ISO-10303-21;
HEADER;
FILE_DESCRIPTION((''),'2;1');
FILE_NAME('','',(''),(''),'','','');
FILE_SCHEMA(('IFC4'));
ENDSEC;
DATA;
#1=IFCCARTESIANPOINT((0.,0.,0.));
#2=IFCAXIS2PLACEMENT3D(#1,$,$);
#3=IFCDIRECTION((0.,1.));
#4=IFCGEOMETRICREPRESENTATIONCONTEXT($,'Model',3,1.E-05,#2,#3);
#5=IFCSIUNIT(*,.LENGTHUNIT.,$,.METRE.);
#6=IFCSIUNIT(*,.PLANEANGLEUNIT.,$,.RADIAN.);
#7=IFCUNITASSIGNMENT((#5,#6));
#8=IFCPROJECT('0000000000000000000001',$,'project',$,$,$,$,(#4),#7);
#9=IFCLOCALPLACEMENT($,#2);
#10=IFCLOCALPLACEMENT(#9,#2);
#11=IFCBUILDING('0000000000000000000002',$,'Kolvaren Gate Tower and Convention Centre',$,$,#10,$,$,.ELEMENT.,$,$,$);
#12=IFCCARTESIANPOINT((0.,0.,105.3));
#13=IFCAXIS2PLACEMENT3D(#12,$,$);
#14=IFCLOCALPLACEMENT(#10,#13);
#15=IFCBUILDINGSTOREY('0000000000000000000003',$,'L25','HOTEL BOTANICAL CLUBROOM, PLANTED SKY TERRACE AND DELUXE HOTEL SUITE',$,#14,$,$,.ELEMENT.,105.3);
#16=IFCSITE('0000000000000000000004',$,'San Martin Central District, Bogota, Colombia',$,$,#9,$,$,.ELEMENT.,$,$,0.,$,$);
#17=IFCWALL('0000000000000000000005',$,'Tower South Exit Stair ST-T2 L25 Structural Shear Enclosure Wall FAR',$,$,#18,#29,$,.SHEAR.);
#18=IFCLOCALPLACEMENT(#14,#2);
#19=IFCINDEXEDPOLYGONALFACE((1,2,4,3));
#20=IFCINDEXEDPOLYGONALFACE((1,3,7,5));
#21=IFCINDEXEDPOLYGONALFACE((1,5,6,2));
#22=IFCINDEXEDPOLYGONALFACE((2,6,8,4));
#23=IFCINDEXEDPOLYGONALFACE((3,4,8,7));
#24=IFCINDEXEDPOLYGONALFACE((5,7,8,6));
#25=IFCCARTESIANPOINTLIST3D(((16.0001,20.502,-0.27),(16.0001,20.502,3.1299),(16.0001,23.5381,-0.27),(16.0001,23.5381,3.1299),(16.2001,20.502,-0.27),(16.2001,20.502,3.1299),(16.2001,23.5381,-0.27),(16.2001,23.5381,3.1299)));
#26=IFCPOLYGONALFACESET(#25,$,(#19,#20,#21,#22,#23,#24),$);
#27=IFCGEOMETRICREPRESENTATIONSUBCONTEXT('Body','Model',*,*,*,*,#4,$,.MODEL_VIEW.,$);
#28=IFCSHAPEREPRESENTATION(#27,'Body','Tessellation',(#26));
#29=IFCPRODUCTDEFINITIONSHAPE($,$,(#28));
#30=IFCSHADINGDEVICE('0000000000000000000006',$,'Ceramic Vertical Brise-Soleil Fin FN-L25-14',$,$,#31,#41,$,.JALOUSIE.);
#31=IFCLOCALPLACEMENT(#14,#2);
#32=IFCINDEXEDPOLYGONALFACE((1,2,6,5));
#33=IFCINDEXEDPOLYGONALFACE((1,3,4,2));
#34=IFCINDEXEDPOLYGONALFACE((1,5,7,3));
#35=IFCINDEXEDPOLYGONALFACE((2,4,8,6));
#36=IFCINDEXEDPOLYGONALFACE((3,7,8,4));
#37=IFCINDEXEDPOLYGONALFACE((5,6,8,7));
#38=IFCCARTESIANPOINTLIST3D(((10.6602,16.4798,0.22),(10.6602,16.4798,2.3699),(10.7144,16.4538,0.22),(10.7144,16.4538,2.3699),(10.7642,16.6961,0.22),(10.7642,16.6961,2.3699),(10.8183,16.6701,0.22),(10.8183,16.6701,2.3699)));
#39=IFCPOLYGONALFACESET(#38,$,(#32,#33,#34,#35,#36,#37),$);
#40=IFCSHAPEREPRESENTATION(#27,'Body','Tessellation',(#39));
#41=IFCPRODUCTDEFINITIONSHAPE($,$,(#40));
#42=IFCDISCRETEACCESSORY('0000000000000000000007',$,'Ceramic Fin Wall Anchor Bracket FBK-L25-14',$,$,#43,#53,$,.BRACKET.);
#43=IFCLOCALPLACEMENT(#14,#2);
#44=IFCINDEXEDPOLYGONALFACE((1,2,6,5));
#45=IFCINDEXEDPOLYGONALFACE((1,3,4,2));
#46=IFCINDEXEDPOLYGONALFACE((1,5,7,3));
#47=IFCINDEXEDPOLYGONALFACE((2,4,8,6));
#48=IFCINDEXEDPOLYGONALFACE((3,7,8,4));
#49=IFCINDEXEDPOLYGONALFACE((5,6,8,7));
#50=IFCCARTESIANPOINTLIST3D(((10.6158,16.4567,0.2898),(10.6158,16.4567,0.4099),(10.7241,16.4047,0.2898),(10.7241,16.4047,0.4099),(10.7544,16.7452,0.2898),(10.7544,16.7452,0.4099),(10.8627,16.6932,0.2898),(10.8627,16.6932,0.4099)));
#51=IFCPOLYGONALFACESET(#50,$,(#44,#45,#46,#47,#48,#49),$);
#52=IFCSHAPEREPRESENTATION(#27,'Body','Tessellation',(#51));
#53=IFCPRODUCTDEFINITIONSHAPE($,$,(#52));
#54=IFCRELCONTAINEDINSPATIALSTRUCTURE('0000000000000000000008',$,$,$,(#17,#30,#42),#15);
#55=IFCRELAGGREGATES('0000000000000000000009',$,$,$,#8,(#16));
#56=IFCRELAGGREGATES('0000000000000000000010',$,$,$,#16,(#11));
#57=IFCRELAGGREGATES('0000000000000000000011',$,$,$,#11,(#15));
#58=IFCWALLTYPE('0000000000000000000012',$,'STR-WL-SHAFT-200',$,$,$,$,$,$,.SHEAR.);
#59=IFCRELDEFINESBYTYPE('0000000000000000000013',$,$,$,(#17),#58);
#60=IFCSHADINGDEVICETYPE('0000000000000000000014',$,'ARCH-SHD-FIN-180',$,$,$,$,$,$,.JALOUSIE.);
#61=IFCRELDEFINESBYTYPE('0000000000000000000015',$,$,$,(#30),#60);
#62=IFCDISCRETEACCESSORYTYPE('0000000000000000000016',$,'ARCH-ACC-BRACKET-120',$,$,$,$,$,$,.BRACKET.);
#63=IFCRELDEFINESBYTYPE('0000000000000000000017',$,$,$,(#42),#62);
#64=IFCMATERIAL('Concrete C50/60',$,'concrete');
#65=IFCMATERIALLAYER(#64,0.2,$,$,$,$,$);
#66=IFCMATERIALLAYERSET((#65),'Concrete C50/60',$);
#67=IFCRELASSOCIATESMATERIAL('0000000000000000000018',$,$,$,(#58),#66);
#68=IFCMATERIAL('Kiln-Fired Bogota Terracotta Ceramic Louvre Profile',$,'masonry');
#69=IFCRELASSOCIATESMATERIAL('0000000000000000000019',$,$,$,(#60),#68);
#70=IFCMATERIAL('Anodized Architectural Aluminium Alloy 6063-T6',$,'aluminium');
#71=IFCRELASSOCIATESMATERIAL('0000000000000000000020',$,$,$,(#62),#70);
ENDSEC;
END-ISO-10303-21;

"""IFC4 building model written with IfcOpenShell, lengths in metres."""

from ifc_helpers import new_model, si_unit, direction, frame, frame_2d, origin, origin_2d, place, context, subcontext, project, spatial, rectangle, extrude, material, layer, layer_set, type_object, element, save


model = new_model("IFC4")

# Units and contexts
model_context = context("Model", 3, precision=1e-05, world=origin(), true_north=direction((0.0, 1.0)))
body_context = subcontext(model_context, "Body", "Model", "MODEL_VIEW")
ifc_project = project(units=[si_unit("LENGTHUNIT", "METRE"), si_unit("PLANEANGLEUNIT", "RADIAN")], contexts=[model_context])

# Site, building, storey
site_placement = place(None, origin())
site = spatial("IfcSite", under=ifc_project, at=site_placement, Name="San Martin Central District, Bogota, Colombia", CompositionType="ELEMENT", RefElevation=0.0)
building_placement = place(site_placement, origin())
building = spatial("IfcBuilding", under=site, at=building_placement, Name="Kolvaren Gate Tower and Convention Centre", CompositionType="ELEMENT")
storey_placement = place(building_placement, frame((0.0, 0.0, 105.3)))
storey = spatial("IfcBuildingStorey", under=building, at=storey_placement, Name="L25", Description="HOTEL BOTANICAL CLUBROOM, PLANTED SKY TERRACE AND DELUXE HOTEL SUITE", CompositionType="ELEMENT", Elevation=105.3)

# Wall
ifc_material_1 = material(Name="Concrete C50/60", Category="concrete")
ifc_layer_1 = layer(ifc_material_1, 0.2)
ifc_layer_set_1 = layer_set([ifc_layer_1], Name="Concrete C50/60")
wall_type_1 = type_object("IfcWallType", Name="STR-WL-SHAFT-200", PredefinedType="SHEAR", material=ifc_layer_set_1)
wall_1_placement = place(storey_placement, frame((16.1001, 20.502, -0.27), z_axis=(0.0, 0.0, 1.0), x_axis=(0.0, 1.0, 0.0)))
element("IfcWall", 1, at=wall_1_placement, inside=storey, type_object=wall_type_1, Name="Tower South Exit Stair ST-T2 L25 Structural Shear Enclosure Wall FAR", PredefinedType="SHEAR", context=body_context, shape_type="SweptSolid", body=[
    extrude(rectangle(XDim=3.0361, YDim=0.2, at=frame_2d((1.5181, 0.0))), origin(), (0.0, 0.0, 1.0), 3.3999),
])

# Shading device
ifc_material_2 = material(Name="Kiln-Fired Bogota Terracotta Ceramic Louvre Profile", Category="masonry")
shading_device_type = type_object("IfcShadingDeviceType", Name="ARCH-SHD-FIN-180", PredefinedType="JALOUSIE", material=ifc_material_2)
shading_device_placement = place(storey_placement, frame((10.7393, 16.575, 0.22), z_axis=(0.0, 0.0, 1.0), x_axis=(0.901363, -0.433065, 0.0)))
element("IfcShadingDevice", 2, at=shading_device_placement, inside=storey, type_object=shading_device_type, Name="Ceramic Vertical Brise-Soleil Fin FN-L25-14", PredefinedType="JALOUSIE", context=body_context, shape_type="SweptSolid", body=[
    extrude(rectangle(XDim=0.0601, YDim=0.24, at=origin_2d()), origin(), (0.0, 0.0, 1.0), 2.1499),
])

# Discrete accessory
ifc_material_3 = material(Name="Anodized Architectural Aluminium Alloy 6063-T6", Category="aluminium")
discrete_accessory_type = type_object("IfcDiscreteAccessoryType", Name="ARCH-ACC-BRACKET-120", PredefinedType="BRACKET", material=ifc_material_3)
discrete_accessory_placement = place(storey_placement, frame((10.7393, 16.575, 0.2898), z_axis=(0.0, 0.0, 1.0), x_axis=(0.901363, -0.433065, 0.0)))
element("IfcDiscreteAccessory", 3, at=discrete_accessory_placement, inside=storey, type_object=discrete_accessory_type, Name="Ceramic Fin Wall Anchor Bracket FBK-L25-14", PredefinedType="BRACKET", context=body_context, shape_type="SweptSolid", body=[
    extrude(rectangle(XDim=0.1201, YDim=0.3201, at=origin_2d()), origin(), (0.0, 0.0, 1.0), 0.1201),
])

save(model, "model.ifc")
